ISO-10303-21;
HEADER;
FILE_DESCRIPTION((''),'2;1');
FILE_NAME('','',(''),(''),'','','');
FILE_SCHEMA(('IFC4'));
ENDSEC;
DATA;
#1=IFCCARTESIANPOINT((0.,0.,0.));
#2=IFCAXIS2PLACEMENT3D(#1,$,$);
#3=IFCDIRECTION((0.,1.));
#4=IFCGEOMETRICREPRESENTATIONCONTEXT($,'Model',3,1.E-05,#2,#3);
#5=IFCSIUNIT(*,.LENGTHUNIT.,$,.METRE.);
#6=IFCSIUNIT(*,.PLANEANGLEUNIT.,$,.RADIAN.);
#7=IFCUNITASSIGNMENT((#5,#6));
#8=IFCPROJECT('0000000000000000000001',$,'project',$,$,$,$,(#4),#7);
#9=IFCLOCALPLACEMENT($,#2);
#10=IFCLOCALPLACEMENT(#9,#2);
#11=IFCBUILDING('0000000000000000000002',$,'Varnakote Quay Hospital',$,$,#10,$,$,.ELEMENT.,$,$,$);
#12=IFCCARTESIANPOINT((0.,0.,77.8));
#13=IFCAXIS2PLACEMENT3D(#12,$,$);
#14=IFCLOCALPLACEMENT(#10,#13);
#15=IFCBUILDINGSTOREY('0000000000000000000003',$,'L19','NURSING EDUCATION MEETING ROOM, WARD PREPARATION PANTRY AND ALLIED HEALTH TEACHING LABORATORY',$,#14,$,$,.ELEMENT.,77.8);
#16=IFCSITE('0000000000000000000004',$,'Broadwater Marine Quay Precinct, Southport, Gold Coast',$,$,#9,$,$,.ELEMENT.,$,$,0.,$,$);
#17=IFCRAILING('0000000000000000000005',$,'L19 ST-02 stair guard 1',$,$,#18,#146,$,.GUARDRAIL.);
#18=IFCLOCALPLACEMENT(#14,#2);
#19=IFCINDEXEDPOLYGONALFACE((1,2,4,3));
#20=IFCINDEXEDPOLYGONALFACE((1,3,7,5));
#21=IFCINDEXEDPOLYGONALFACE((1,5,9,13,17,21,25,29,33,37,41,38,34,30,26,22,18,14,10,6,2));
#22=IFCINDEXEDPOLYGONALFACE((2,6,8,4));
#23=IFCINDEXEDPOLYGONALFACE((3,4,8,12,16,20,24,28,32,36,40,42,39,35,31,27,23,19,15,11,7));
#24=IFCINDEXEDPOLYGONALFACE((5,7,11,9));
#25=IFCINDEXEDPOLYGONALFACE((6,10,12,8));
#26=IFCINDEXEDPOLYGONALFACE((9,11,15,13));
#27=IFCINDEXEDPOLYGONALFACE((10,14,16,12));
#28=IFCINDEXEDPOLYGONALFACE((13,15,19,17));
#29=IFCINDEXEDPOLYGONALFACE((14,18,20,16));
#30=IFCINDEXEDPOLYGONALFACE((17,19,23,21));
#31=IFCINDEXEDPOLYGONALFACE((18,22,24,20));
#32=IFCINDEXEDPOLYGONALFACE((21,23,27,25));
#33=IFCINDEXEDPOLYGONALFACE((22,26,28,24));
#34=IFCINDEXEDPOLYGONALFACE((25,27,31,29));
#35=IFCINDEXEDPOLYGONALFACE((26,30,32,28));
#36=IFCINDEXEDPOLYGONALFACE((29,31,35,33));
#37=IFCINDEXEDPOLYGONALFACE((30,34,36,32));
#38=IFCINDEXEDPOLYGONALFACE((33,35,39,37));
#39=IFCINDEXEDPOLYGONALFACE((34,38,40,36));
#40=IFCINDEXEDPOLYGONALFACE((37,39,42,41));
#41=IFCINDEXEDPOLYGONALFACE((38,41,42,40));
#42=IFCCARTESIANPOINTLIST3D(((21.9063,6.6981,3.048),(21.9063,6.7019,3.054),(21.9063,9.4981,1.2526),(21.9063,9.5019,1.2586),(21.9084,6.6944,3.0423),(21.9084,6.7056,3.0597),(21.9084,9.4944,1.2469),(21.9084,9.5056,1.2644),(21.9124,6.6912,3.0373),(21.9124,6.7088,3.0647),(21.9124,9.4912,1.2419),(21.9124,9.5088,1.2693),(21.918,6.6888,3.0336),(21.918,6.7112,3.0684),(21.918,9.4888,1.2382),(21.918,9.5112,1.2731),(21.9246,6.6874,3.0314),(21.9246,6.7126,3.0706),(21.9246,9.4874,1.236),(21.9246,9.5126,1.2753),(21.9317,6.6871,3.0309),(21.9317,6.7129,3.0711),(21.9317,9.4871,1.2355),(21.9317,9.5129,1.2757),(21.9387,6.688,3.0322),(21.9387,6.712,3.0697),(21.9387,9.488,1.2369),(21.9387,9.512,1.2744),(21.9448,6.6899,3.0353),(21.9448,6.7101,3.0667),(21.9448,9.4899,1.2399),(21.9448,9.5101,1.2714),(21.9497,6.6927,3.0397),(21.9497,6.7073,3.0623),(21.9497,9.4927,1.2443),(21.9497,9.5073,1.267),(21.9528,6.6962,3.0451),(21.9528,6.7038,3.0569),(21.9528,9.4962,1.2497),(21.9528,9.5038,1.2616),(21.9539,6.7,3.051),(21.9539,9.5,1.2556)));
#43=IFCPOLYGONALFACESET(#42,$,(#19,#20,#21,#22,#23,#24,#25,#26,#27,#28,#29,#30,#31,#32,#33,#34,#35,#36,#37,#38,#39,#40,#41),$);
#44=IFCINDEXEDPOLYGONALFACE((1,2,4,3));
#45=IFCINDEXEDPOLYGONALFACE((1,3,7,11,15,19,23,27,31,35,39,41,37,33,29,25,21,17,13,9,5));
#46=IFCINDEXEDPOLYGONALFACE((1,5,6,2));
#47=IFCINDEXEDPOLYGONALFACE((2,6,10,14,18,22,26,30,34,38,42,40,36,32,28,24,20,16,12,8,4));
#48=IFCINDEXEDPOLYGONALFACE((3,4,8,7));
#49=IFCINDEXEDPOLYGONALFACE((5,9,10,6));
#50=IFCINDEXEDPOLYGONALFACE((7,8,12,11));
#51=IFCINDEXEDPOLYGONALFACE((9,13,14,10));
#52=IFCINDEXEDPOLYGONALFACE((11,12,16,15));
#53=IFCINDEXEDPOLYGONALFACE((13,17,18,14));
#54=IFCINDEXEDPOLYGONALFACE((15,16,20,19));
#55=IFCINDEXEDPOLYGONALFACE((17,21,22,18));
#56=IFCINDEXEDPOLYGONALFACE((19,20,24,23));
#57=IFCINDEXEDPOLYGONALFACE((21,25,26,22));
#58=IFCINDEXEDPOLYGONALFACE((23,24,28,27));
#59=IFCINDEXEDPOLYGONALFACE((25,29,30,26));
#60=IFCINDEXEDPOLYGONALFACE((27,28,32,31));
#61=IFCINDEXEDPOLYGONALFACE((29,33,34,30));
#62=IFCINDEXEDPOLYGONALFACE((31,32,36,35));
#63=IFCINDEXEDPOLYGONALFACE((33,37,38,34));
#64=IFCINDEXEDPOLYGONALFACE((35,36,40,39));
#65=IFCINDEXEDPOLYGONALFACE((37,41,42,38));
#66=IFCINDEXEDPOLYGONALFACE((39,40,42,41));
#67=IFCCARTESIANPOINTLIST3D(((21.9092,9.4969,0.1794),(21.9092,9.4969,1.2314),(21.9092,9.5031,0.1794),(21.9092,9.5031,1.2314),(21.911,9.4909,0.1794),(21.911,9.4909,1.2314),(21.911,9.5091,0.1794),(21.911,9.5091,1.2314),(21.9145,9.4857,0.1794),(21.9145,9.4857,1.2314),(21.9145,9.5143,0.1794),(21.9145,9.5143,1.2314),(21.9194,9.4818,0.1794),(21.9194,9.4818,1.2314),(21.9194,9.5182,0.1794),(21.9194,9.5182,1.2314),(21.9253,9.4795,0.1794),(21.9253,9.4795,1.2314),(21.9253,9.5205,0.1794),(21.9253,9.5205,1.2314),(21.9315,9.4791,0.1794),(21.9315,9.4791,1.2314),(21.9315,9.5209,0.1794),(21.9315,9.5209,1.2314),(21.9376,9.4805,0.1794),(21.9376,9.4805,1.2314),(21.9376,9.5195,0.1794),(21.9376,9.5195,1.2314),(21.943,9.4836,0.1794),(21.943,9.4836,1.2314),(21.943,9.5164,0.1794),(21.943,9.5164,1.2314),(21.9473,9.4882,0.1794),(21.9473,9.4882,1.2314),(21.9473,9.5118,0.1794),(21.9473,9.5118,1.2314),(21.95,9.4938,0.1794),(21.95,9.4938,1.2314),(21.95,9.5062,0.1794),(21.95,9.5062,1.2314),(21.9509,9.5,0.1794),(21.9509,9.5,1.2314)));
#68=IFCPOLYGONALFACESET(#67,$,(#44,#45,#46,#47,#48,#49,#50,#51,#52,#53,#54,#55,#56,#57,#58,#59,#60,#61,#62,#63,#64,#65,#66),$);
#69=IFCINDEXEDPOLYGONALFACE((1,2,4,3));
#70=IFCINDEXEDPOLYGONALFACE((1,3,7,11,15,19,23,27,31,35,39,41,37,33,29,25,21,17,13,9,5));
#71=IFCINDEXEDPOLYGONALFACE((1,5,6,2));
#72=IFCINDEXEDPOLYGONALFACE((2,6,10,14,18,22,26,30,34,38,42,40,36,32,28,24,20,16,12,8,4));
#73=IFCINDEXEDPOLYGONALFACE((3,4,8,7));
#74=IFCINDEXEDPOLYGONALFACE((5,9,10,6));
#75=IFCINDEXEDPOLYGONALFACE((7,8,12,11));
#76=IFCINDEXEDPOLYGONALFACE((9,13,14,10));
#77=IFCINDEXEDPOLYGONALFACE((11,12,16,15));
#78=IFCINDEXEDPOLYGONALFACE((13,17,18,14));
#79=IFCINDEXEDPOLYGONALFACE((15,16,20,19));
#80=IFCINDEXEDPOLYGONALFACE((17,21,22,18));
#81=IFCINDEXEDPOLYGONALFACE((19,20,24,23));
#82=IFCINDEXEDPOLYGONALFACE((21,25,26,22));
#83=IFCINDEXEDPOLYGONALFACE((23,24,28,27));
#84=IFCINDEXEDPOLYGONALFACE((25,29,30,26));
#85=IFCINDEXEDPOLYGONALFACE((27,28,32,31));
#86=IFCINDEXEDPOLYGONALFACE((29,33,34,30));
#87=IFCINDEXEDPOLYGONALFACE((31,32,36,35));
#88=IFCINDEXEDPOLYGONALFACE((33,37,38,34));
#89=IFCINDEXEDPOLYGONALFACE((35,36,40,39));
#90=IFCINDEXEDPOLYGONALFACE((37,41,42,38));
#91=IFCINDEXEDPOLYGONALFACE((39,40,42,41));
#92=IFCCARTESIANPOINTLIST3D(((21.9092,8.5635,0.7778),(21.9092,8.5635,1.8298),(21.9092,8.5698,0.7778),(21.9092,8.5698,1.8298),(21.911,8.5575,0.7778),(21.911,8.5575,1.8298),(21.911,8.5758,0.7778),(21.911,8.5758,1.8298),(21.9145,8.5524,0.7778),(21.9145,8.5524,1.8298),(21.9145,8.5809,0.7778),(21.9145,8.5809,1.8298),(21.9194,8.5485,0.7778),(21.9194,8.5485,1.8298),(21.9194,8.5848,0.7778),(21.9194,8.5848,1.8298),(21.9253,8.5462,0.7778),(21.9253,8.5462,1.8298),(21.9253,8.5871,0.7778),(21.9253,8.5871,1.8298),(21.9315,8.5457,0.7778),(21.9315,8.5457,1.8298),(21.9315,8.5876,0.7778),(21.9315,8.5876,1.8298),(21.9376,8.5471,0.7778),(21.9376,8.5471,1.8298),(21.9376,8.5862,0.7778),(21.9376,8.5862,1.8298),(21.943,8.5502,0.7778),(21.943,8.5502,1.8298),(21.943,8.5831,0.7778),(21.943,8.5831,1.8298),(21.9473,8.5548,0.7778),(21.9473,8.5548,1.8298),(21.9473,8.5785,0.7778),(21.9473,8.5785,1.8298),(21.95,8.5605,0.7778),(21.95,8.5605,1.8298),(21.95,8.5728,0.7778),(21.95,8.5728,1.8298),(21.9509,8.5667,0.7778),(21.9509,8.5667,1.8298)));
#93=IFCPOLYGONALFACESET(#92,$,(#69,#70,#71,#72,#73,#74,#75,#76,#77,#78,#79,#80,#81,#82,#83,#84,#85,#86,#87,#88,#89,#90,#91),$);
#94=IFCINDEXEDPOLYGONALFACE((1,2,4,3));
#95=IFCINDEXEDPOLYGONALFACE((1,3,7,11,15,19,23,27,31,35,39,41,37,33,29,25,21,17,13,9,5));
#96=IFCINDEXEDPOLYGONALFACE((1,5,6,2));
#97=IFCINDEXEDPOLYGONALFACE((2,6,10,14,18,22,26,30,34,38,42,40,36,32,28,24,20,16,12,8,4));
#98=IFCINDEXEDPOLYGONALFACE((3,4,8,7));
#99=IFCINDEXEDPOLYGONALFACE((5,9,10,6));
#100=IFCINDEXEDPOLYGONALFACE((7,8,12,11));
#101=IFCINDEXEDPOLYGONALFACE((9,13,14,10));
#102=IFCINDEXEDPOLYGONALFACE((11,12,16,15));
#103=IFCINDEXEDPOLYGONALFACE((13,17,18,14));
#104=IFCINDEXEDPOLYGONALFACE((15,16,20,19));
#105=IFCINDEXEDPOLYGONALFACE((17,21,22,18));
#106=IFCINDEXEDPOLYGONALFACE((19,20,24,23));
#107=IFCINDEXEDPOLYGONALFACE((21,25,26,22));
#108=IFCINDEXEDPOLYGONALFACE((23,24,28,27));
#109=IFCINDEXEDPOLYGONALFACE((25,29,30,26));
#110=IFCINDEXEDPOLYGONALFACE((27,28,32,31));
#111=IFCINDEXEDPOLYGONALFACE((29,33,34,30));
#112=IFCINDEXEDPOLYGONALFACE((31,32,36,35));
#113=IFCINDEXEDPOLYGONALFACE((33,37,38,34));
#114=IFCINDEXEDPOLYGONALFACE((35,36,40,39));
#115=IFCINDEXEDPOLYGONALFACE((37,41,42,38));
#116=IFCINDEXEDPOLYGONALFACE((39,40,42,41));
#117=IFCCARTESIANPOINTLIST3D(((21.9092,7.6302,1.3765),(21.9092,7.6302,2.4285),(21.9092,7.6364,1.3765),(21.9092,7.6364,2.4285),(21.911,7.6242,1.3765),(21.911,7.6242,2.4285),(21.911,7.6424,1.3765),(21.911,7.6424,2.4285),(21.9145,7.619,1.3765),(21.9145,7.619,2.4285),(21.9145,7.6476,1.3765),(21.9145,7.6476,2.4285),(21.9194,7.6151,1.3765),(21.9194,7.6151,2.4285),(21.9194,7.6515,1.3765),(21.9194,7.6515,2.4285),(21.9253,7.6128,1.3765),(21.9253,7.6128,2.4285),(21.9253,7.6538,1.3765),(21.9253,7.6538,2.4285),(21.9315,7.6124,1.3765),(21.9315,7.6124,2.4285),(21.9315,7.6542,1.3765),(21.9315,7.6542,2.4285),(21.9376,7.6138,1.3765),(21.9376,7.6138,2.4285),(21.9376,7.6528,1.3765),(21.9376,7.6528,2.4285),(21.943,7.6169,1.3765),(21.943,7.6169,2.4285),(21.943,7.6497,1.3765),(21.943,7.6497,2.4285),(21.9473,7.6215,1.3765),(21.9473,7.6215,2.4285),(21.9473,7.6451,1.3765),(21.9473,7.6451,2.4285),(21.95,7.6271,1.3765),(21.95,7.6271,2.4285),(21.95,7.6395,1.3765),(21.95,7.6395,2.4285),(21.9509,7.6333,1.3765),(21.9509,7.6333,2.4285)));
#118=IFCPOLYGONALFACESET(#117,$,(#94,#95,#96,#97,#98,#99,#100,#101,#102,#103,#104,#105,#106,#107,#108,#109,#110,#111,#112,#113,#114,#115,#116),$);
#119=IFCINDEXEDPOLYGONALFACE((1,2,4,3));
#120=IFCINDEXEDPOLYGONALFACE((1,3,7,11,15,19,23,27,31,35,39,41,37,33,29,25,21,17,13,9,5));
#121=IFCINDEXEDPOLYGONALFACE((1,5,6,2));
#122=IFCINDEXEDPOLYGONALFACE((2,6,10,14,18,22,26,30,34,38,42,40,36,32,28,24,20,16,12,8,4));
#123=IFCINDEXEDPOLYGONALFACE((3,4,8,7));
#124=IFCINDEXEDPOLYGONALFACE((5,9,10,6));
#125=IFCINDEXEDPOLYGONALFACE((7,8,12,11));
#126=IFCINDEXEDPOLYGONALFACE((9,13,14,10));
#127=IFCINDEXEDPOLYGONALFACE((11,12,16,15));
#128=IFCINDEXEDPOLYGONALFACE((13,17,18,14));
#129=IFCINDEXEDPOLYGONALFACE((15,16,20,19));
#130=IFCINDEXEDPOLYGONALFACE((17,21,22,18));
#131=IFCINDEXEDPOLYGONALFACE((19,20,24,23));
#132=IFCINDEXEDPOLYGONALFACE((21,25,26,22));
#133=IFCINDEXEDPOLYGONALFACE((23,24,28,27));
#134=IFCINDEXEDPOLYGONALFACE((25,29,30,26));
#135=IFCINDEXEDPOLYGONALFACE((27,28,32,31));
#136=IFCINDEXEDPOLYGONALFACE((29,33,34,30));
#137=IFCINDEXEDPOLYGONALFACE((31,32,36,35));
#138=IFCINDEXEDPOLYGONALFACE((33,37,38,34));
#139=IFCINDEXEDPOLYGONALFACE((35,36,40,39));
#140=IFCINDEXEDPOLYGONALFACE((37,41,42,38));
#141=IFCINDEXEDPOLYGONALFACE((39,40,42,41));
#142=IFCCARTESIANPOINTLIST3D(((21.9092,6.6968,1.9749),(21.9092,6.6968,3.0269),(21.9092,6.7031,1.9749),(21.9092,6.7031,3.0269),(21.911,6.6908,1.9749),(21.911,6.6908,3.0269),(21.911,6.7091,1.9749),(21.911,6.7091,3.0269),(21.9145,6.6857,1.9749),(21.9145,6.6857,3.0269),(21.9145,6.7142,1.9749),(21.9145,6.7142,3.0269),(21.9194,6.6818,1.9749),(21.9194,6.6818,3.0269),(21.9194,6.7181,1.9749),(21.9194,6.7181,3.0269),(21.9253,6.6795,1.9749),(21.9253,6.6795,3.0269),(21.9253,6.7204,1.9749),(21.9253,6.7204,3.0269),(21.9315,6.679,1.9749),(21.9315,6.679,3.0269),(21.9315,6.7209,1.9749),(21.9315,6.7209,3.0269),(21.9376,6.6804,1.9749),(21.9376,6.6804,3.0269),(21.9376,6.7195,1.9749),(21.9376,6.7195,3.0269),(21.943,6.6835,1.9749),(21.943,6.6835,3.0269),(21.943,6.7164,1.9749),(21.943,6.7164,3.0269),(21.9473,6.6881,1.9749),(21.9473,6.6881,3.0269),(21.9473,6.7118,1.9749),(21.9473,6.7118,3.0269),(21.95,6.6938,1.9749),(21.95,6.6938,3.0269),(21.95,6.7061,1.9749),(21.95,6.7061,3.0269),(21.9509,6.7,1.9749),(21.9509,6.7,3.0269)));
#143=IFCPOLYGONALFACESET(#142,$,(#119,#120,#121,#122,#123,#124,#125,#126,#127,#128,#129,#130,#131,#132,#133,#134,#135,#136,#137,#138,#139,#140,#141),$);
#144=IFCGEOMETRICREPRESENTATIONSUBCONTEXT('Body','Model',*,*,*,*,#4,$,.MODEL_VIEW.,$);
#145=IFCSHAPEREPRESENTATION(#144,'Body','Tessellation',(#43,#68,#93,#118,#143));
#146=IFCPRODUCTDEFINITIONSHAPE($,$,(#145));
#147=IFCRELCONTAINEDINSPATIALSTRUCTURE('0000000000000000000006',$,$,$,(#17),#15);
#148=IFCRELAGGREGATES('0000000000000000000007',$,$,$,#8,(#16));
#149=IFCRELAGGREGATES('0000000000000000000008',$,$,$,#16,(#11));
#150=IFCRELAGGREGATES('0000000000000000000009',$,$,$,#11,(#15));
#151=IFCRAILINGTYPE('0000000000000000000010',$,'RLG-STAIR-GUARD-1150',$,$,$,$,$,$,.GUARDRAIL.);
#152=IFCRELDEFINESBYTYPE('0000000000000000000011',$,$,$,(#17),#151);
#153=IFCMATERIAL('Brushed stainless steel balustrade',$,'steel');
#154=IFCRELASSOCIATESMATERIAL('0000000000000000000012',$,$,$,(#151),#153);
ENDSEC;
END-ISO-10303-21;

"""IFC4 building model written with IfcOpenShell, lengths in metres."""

from ifc_helpers import new_model, si_unit, direction, frame, origin, origin_2d, place, context, subcontext, project, spatial, circle, extrude, material, type_object, element, save


model = new_model("IFC4")

# Units and contexts
model_context = context("Model", 3, precision=1e-05, world=origin(), true_north=direction((0.0, 1.0)))
body_context = subcontext(model_context, "Body", "Model", "MODEL_VIEW")
ifc_project = project(units=[si_unit("LENGTHUNIT", "METRE"), si_unit("PLANEANGLEUNIT", "RADIAN")], contexts=[model_context])

# Site, building, storey
site_placement = place(None, origin())
site = spatial("IfcSite", under=ifc_project, at=site_placement, Name="Broadwater Marine Quay Precinct, Southport, Gold Coast", CompositionType="ELEMENT", RefElevation=0.0)
building_placement = place(site_placement, origin())
building = spatial("IfcBuilding", under=site, at=building_placement, Name="Varnakote Quay Hospital", CompositionType="ELEMENT")
storey_placement = place(building_placement, frame((0.0, 0.0, 77.8)))
storey = spatial("IfcBuildingStorey", under=building, at=storey_placement, Name="L19", Description="NURSING EDUCATION MEETING ROOM, WARD PREPARATION PANTRY AND ALLIED HEALTH TEACHING LABORATORY", CompositionType="ELEMENT", Elevation=77.8)

# Railing
ifc_material_1 = material(Name="Brushed stainless steel balustrade", Category="steel")
railing_type_1 = type_object("IfcRailingType", Name="RLG-STAIR-GUARD-1150", PredefinedType="GUARDRAIL", material=ifc_material_1)
railing_1_placement = place(storey_placement, frame((21.9299, 9.5, 0.1794)))
element("IfcRailing", 1, at=railing_1_placement, inside=storey, type_object=railing_type_1, Name="L19 ST-02 stair guard 1", PredefinedType="GUARDRAIL", context=body_context, shape_type="SweptSolid", body=[
    extrude(circle(Radius=0.0239, at=origin_2d()), frame((0.0, 0.0, 1.0762), z_axis=(0.0, -0.84181, 0.539774), x_axis=(1.0, 0.0, 0.0)), (0.0, 0.0, 1.0), 3.3262),
    extrude(circle(Radius=0.021, at=origin_2d()), origin(), (0.0, 0.0, 1.0), 1.052),
    extrude(circle(Radius=0.021, at=origin_2d()), frame((0.0, -0.9333, 0.5984)), (0.0, 0.0, 1.0), 1.052),
    extrude(circle(Radius=0.021, at=origin_2d()), frame((0.0, -1.8667, 1.197)), (0.0, 0.0, 1.0), 1.052),
    extrude(circle(Radius=0.021, at=origin_2d()), frame((0.0, -2.8, 1.7954)), (0.0, 0.0, 1.0), 1.052),
])

save(model, "model.ifc")
